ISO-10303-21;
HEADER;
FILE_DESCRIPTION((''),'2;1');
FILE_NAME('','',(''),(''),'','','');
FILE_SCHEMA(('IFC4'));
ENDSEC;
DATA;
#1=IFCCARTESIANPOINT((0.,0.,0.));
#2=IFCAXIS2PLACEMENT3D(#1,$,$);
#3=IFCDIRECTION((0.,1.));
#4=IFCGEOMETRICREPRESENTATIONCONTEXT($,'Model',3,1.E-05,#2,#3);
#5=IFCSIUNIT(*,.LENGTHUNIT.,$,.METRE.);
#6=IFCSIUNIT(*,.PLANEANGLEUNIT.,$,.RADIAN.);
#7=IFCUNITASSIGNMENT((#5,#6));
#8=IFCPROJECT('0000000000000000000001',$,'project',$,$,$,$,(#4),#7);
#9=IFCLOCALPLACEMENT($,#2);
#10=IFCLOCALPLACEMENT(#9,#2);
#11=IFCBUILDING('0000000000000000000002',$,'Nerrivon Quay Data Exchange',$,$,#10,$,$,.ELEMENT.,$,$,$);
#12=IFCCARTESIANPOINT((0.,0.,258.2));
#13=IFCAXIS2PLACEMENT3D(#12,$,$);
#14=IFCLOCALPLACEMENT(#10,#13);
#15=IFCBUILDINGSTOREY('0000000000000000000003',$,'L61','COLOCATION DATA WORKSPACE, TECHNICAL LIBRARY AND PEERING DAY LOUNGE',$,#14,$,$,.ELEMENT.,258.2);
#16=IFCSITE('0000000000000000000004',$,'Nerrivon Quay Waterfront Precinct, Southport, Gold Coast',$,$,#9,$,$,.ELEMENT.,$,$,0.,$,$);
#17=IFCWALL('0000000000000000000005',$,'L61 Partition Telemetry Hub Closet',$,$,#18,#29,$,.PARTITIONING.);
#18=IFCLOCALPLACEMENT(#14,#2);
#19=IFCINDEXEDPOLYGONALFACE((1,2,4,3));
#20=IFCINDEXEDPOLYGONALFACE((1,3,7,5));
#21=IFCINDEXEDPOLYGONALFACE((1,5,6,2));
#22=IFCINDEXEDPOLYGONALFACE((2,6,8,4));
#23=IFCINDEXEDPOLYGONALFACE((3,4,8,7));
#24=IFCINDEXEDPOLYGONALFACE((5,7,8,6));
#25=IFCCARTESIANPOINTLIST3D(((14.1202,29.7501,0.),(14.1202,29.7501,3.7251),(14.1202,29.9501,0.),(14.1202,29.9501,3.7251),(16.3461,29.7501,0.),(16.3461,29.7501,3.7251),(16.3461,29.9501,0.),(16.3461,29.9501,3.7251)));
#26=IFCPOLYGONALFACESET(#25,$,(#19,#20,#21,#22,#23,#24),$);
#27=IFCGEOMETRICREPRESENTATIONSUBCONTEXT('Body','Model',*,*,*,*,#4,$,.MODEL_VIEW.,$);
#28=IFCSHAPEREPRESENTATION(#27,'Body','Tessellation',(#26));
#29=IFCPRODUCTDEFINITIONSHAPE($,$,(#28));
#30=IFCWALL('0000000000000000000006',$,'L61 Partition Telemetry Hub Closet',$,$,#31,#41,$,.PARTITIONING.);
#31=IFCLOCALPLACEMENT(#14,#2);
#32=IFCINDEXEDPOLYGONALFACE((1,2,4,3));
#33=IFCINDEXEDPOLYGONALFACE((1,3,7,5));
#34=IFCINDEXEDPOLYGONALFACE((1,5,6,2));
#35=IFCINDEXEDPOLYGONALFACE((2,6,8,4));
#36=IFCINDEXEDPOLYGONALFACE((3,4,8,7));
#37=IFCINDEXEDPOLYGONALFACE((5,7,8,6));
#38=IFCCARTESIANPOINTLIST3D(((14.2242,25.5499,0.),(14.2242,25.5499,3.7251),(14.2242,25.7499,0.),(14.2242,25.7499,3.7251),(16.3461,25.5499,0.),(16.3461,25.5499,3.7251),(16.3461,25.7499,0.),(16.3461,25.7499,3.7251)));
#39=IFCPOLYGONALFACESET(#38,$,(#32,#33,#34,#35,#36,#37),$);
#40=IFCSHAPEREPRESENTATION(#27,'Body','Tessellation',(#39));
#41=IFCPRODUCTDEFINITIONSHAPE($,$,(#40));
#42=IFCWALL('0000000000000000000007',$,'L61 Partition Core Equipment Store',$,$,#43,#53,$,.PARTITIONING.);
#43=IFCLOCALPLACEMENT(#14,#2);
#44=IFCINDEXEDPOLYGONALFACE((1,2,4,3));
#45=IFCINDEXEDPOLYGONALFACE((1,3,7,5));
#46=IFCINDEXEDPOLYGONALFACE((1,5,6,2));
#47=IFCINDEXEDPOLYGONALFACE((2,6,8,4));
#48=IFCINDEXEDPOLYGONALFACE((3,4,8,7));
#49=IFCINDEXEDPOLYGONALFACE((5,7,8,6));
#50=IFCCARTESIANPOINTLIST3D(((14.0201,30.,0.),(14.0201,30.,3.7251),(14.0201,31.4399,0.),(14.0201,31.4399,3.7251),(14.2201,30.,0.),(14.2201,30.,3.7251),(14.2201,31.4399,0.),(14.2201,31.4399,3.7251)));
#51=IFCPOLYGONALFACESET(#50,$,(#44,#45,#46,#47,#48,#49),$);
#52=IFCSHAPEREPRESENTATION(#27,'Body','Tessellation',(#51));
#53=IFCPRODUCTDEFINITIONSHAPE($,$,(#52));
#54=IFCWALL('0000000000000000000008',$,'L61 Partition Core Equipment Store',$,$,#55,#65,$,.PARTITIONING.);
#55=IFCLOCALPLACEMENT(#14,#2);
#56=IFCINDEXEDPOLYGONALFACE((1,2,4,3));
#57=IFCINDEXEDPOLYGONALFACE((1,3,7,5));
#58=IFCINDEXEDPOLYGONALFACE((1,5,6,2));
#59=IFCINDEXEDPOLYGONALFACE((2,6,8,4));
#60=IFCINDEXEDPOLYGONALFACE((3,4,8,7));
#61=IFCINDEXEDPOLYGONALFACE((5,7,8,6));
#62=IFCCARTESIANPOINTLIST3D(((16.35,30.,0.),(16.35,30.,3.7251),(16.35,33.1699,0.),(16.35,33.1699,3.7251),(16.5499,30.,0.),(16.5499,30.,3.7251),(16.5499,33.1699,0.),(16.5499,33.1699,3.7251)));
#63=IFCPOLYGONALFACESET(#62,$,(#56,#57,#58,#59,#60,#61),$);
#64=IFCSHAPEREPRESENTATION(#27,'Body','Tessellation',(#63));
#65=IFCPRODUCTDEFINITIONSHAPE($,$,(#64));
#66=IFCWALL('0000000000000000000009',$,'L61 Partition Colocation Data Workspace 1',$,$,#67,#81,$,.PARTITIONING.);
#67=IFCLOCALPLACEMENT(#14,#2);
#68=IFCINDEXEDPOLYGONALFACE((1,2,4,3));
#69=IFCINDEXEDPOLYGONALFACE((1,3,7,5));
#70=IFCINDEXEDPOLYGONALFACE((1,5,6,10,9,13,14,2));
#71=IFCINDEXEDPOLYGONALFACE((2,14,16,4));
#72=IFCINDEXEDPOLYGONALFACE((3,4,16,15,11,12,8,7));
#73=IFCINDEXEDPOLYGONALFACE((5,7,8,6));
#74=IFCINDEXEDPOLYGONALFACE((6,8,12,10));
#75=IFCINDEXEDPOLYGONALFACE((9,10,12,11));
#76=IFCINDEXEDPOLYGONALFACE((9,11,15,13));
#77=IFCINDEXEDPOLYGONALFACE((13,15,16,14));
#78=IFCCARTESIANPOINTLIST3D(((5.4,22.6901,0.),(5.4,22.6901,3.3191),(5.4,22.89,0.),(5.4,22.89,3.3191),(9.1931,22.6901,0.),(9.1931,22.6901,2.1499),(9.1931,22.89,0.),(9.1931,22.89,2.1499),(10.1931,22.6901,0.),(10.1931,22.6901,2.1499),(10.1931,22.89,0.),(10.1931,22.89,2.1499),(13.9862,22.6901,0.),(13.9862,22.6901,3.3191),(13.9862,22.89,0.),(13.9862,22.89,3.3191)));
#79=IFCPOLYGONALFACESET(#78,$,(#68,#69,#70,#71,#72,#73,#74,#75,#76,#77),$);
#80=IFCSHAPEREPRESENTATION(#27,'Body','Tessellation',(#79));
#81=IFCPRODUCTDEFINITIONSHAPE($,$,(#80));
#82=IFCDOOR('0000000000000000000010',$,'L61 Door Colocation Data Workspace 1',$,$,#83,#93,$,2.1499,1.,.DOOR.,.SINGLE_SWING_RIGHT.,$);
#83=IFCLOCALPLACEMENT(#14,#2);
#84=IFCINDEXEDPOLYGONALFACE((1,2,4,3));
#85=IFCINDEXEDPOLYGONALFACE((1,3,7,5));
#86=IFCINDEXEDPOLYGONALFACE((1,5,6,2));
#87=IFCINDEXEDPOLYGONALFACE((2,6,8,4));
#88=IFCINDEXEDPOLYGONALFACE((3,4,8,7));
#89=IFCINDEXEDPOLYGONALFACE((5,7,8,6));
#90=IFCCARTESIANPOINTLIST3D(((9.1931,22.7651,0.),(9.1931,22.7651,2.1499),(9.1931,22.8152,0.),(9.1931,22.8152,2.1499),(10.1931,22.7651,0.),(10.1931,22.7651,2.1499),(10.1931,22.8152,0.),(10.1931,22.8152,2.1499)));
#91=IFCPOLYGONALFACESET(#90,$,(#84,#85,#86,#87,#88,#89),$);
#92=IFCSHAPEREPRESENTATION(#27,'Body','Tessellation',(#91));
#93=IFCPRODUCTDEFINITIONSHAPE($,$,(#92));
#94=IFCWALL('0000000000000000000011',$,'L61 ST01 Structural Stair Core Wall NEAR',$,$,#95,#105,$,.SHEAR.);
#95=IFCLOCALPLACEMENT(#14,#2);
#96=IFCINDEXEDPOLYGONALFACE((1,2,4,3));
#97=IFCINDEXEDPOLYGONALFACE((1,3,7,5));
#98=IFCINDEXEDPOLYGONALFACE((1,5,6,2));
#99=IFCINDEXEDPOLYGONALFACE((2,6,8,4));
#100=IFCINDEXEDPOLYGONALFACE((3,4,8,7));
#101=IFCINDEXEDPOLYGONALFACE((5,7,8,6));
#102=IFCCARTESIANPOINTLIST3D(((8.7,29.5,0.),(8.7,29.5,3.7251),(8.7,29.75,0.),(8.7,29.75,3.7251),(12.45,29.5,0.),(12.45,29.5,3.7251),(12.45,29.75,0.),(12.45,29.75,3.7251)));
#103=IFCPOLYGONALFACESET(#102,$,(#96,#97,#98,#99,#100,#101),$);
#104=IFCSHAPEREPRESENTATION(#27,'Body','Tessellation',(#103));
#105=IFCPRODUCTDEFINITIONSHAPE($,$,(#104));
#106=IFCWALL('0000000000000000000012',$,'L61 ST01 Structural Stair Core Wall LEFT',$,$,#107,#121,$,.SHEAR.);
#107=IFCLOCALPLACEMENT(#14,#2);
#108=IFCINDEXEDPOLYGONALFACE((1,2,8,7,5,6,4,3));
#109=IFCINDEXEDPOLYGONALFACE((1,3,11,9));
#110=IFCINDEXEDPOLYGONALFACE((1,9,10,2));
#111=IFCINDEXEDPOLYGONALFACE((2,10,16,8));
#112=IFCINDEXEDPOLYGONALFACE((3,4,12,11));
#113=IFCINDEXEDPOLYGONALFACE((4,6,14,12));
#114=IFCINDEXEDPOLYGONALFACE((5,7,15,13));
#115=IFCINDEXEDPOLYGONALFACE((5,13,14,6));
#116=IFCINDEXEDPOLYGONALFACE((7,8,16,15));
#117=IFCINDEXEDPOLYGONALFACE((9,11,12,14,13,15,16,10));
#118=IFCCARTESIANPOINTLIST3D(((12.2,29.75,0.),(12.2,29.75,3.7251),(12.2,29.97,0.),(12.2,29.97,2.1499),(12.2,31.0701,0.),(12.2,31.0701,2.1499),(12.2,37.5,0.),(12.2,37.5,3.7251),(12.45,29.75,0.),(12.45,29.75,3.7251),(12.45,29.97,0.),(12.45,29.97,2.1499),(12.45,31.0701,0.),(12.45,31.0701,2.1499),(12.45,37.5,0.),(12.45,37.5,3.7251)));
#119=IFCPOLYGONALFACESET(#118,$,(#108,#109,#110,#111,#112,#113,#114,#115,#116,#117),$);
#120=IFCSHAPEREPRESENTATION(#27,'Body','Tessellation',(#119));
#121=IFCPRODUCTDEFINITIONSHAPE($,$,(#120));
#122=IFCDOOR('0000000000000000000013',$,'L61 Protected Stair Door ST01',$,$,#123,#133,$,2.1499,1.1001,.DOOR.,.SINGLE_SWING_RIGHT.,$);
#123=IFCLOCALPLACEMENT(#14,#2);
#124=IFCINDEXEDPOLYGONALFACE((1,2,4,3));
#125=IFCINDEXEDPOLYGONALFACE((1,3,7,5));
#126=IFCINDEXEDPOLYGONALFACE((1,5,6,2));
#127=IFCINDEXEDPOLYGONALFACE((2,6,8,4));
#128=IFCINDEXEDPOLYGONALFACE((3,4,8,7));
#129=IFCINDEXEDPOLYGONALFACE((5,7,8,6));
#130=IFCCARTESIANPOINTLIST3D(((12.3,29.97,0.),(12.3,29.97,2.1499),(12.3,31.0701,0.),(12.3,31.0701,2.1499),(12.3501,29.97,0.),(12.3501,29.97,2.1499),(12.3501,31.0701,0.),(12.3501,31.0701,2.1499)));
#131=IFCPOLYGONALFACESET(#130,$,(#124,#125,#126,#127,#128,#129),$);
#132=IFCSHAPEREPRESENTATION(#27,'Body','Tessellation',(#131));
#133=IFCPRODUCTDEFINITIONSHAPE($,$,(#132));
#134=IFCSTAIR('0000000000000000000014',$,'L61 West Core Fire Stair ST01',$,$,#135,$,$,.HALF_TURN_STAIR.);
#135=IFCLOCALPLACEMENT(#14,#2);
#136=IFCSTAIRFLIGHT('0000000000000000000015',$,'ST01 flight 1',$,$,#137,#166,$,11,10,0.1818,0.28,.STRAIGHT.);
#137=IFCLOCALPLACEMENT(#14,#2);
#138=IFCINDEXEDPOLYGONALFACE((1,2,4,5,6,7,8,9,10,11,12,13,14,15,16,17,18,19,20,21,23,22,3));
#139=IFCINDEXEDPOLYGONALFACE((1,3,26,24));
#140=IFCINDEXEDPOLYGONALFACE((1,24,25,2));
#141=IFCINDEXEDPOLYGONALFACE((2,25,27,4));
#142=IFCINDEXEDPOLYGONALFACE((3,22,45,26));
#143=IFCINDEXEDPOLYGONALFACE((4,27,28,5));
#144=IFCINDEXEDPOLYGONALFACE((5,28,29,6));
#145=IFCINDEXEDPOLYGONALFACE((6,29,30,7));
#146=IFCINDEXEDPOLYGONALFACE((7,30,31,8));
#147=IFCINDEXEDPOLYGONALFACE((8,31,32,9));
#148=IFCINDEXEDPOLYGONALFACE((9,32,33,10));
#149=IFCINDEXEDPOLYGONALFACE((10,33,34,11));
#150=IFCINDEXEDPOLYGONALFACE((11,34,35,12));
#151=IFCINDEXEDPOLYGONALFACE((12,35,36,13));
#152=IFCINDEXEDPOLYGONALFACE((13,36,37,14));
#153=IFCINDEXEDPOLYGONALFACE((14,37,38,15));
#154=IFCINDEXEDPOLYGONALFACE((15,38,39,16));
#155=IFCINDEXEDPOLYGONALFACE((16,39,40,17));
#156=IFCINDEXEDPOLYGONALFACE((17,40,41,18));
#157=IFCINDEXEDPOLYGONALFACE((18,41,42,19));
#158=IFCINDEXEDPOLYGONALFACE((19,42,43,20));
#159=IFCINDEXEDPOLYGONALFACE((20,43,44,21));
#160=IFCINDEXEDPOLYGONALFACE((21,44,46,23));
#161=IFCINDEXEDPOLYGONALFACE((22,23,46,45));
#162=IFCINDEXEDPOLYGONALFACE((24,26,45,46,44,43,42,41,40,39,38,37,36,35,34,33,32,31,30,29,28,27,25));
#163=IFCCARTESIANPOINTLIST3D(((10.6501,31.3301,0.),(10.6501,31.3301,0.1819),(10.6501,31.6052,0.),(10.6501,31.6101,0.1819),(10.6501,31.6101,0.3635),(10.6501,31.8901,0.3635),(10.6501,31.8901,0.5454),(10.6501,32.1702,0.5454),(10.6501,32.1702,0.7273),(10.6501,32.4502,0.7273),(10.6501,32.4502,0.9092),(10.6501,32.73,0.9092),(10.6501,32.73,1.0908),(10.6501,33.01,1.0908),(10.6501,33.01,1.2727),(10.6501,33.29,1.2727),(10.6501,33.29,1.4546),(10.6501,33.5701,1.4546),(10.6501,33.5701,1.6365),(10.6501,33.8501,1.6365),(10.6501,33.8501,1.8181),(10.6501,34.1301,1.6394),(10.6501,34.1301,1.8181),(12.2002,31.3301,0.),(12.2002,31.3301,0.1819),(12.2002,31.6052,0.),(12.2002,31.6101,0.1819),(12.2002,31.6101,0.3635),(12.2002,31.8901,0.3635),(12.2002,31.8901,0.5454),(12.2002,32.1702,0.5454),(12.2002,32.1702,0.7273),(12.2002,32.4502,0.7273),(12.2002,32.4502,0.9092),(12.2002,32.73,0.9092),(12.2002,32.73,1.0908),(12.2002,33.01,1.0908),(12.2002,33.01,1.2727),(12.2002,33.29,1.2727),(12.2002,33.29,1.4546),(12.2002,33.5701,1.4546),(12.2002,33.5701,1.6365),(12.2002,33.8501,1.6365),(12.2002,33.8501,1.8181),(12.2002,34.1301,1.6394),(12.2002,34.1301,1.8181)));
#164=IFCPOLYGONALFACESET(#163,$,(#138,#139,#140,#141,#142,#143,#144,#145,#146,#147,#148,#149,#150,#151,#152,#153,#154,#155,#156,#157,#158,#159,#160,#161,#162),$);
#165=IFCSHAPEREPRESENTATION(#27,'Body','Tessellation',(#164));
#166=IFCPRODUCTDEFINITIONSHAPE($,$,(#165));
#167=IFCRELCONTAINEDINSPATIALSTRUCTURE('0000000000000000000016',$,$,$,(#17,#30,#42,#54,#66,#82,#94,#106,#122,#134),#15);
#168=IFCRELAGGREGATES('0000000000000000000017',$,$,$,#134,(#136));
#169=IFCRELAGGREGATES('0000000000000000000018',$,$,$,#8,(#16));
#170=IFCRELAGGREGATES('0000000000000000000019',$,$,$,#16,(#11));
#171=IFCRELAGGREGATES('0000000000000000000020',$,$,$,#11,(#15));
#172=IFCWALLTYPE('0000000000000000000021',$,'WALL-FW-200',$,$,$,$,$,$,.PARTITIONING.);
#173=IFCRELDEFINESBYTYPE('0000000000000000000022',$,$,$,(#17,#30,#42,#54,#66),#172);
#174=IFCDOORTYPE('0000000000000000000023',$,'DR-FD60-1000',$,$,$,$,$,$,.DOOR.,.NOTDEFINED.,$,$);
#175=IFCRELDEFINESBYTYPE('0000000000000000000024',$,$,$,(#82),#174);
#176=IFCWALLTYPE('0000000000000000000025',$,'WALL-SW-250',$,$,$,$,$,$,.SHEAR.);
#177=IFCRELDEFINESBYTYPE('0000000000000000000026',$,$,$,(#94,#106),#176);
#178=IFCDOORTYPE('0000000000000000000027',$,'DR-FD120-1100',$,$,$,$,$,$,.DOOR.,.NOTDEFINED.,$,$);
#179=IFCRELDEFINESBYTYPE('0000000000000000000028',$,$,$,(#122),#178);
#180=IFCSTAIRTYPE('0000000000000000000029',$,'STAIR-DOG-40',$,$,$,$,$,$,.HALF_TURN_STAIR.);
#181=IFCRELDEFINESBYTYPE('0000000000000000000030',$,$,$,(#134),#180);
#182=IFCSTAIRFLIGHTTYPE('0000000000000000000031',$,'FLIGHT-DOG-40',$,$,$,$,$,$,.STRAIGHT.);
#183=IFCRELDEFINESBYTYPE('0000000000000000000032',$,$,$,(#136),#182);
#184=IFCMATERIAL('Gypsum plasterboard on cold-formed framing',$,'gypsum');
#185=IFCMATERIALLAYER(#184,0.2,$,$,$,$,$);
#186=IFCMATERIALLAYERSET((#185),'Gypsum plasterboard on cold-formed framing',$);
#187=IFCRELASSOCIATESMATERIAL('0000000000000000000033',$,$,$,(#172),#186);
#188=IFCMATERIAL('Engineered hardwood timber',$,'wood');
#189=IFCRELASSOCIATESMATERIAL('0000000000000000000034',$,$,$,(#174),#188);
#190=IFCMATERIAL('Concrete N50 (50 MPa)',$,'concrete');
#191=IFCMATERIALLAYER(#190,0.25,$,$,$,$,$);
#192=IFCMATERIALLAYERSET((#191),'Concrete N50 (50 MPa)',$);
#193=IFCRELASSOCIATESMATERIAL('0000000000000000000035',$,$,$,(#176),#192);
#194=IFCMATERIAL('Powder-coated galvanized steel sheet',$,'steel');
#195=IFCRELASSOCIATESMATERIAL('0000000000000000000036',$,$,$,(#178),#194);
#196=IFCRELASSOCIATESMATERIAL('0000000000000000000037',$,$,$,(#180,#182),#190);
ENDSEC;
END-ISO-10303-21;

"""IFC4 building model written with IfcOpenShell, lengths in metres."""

from ifc_helpers import new_model, si_unit, direction, frame, frame_2d, origin, place, context, subcontext, project, spatial, polyline, rectangle, outline, extrude, material, layer, layer_set, type_object, element, fill, aggregate, save


model = new_model("IFC4")

# Units and contexts
model_context = context("Model", 3, precision=1e-05, world=origin(), true_north=direction((0.0, 1.0)))
body_context = subcontext(model_context, "Body", "Model", "MODEL_VIEW")
ifc_project = project(units=[si_unit("LENGTHUNIT", "METRE"), si_unit("PLANEANGLEUNIT", "RADIAN")], contexts=[model_context])

# Site, building, storey
site_placement = place(None, origin())
site = spatial("IfcSite", under=ifc_project, at=site_placement, Name="Nerrivon Quay Waterfront Precinct, Southport, Gold Coast", CompositionType="ELEMENT", RefElevation=0.0)
building_placement = place(site_placement, origin())
building = spatial("IfcBuilding", under=site, at=building_placement, Name="Nerrivon Quay Data Exchange", CompositionType="ELEMENT")
storey_placement = place(building_placement, frame((0.0, 0.0, 258.2)))
storey = spatial("IfcBuildingStorey", under=building, at=storey_placement, Name="L61", Description="COLOCATION DATA WORKSPACE, TECHNICAL LIBRARY AND PEERING DAY LOUNGE", CompositionType="ELEMENT", Elevation=258.2)

# Shared definitions
ifc_material_1 = material(Name="Concrete N50 (50 MPa)", Category="concrete")

# Shared definitions
ifc_material_2 = material(Name="Gypsum plasterboard on cold-formed framing", Category="gypsum")
ifc_layer_1 = layer(ifc_material_2, 0.2)
ifc_layer_set_1 = layer_set([ifc_layer_1], Name="Gypsum plasterboard on cold-formed framing")
wall_type_1 = type_object("IfcWallType", Name="WALL-FW-200", PredefinedType="PARTITIONING", material=ifc_layer_set_1)
ifc_material_3 = material(Name="Powder-coated galvanized steel sheet", Category="steel")

# Wall
wall_1_placement = place(storey_placement, frame((16.3459, 29.8501, 0.0), z_axis=(0.0, 0.0, 1.0), x_axis=(-1.0, 0.0, 0.0)))
element("IfcWall", 1, at=wall_1_placement, inside=storey, type_object=wall_type_1, Name="L61 Partition Telemetry Hub Closet", PredefinedType="PARTITIONING", context=body_context, shape_type="SweptSolid", body=[
    extrude(rectangle(XDim=2.2258, YDim=0.2, at=frame_2d((1.1128, 0.0))), origin(), (0.0, 0.0, 1.0), 3.7251),
])

# Shared definitions
ifc_material_4 = material(Name="Engineered hardwood timber", Category="wood")

# Walls
wall_2_placement = place(storey_placement, frame((14.2241, 25.6499, 0.0), z_axis=(0.0, 0.0, 1.0), x_axis=(1.0, 0.0, 0.0)))
element("IfcWall", 2, at=wall_2_placement, inside=storey, type_object=wall_type_1, Name="L61 Partition Telemetry Hub Closet", PredefinedType="PARTITIONING", context=body_context, shape_type="SweptSolid", body=[
    extrude(rectangle(XDim=2.1218, YDim=0.2, at=frame_2d((1.061, 0.0))), origin(), (0.0, 0.0, 1.0), 3.7251),
])
wall_3_placement = place(storey_placement, frame((14.1201, 31.4399, 0.0), z_axis=(0.0, 0.0, 1.0), x_axis=(0.0, -1.0, 0.0)))
element("IfcWall", 3, at=wall_3_placement, inside=storey, type_object=wall_type_1, Name="L61 Partition Core Equipment Store", PredefinedType="PARTITIONING", context=body_context, shape_type="SweptSolid", body=[
    extrude(rectangle(XDim=1.4399, YDim=0.2, at=frame_2d((0.72, 0.0))), origin(), (0.0, 0.0, 1.0), 3.7251),
])
wall_4_placement = place(storey_placement, frame((16.45, 30.0, 0.0), z_axis=(0.0, 0.0, 1.0), x_axis=(0.0, 1.0, 0.0)))
element("IfcWall", 4, at=wall_4_placement, inside=storey, type_object=wall_type_1, Name="L61 Partition Core Equipment Store", PredefinedType="PARTITIONING", context=body_context, shape_type="SweptSolid", body=[
    extrude(rectangle(XDim=3.1699, YDim=0.2, at=frame_2d((1.585, 0.0))), origin(), (0.0, 0.0, 1.0), 3.7251),
])

# Wall, opening, door
wall_5_placement = place(storey_placement, frame((13.9861, 22.79, 0.0), z_axis=(0.0, 0.0, 1.0), x_axis=(-1.0, 0.0, 0.0)))
wall_5 = element("IfcWall", 5, at=wall_5_placement, inside=storey, type_object=wall_type_1, Name="L61 Partition Colocation Data Workspace 1", PredefinedType="PARTITIONING", context=body_context, shape_type="SweptSolid", body=[
    extrude(rectangle(XDim=8.5862, YDim=0.2, at=frame_2d((4.293, 0.0))), origin(), (0.0, 0.0, 1.0), 3.3191),
])
opening_1_placement = place(wall_5_placement, frame((3.793, 0.0, 0.0)))
opening_1 = element("IfcOpeningElement", 6, at=opening_1_placement, cuts=wall_5, PredefinedType="OPENING", context=body_context, shape_type="SweptSolid", body=[
    extrude(rectangle(XDim=1.0, YDim=2.1499, at=frame_2d((0.5, 1.075))), frame((0.0, 0.1099, 0.0), z_axis=(0.0, -1.0, 0.0), x_axis=(1.0, 0.0, 0.0)), (0.0, 0.0, 1.0), 0.22),
])
door_type_1 = type_object("IfcDoorType", Name="DR-FD60-1000", OperationType="NOTDEFINED", PredefinedType="DOOR", material=ifc_material_4)
door_1_placement = place(opening_1_placement, origin())
door_1 = element("IfcDoor", 7, at=door_1_placement, inside=storey, type_object=door_type_1, Name="L61 Door Colocation Data Workspace 1", OperationType="SINGLE_SWING_RIGHT", OverallHeight=2.1499, OverallWidth=1.0, PredefinedType="DOOR", context=body_context, shape_type="SweptSolid", body=[
    extrude(rectangle(XDim=1.0, YDim=2.1499, at=frame_2d((0.5, 1.075))), frame((0.0, 0.0249, 0.0), z_axis=(0.0, -1.0, 0.0), x_axis=(1.0, 0.0, 0.0)), (0.0, 0.0, 1.0), 0.05),
])
fill(opening_1, door_1)

# Wall
ifc_layer_2 = layer(ifc_material_1, 0.25)
ifc_layer_set_2 = layer_set([ifc_layer_2], Name="Concrete N50 (50 MPa)")
wall_type_2 = type_object("IfcWallType", Name="WALL-SW-250", PredefinedType="SHEAR", material=ifc_layer_set_2)
wall_6_placement = place(storey_placement, frame((12.45, 29.625, 0.0), z_axis=(0.0, 0.0, 1.0), x_axis=(-1.0, 0.0, 0.0)))
element("IfcWall", 8, at=wall_6_placement, inside=storey, type_object=wall_type_2, Name="L61 ST01 Structural Stair Core Wall NEAR", PredefinedType="SHEAR", context=body_context, shape_type="SweptSolid", body=[
    extrude(rectangle(XDim=3.75, YDim=0.25, at=frame_2d((1.875, 0.0))), origin(), (0.0, 0.0, 1.0), 3.7251),
])

# Wall, opening, door
wall_7_placement = place(storey_placement, frame((12.325, 29.75, 0.0), z_axis=(0.0, 0.0, 1.0), x_axis=(0.0, 1.0, 0.0)))
wall_7 = element("IfcWall", 9, at=wall_7_placement, inside=storey, type_object=wall_type_2, Name="L61 ST01 Structural Stair Core Wall LEFT", PredefinedType="SHEAR", context=body_context, shape_type="SweptSolid", body=[
    extrude(rectangle(XDim=7.75, YDim=0.25, at=frame_2d((3.875, 0.0))), origin(), (0.0, 0.0, 1.0), 3.7251),
])
opening_2_placement = place(wall_7_placement, frame((0.22, 0.0, 0.0)))
opening_2 = element("IfcOpeningElement", 10, at=opening_2_placement, cuts=wall_7, PredefinedType="OPENING", context=body_context, shape_type="SweptSolid", body=[
    extrude(rectangle(XDim=1.1001, YDim=2.1499, at=frame_2d((0.55, 1.075))), frame((0.0, 0.135, 0.0), z_axis=(0.0, -1.0, 0.0), x_axis=(1.0, 0.0, 0.0)), (0.0, 0.0, 1.0), 0.27),
])
door_type_2 = type_object("IfcDoorType", Name="DR-FD120-1100", OperationType="NOTDEFINED", PredefinedType="DOOR", material=ifc_material_3)
door_2_placement = place(opening_2_placement, origin())
door_2 = element("IfcDoor", 11, at=door_2_placement, inside=storey, type_object=door_type_2, Name="L61 Protected Stair Door ST01", OperationType="SINGLE_SWING_RIGHT", OverallHeight=2.1499, OverallWidth=1.1001, PredefinedType="DOOR", context=body_context, shape_type="SweptSolid", body=[
    extrude(rectangle(XDim=1.1001, YDim=2.1499, at=frame_2d((0.55, 1.075))), frame((0.0, 0.0249, 0.0), z_axis=(0.0, -1.0, 0.0), x_axis=(1.0, 0.0, 0.0)), (0.0, 0.0, 1.0), 0.05),
])
fill(opening_2, door_2)

# Stair, stair flight
stair_type = type_object("IfcStairType", Name="STAIR-DOG-40", PredefinedType="HALF_TURN_STAIR", material=ifc_material_1)
stair_placement = place(storey_placement, origin())
stair = element("IfcStair", 12, at=stair_placement, inside=storey, type_object=stair_type, Name="L61 West Core Fire Stair ST01", PredefinedType="HALF_TURN_STAIR")
stair_flight_type = type_object("IfcStairFlightType", Name="FLIGHT-DOG-40", PredefinedType="STRAIGHT", material=ifc_material_1)
stair_flight_placement = place(storey_placement, frame((11.425, 31.3301, 0.0), z_axis=(0.0, 0.0, 1.0), x_axis=(0.0, 1.0, 0.0)))
stair_flight = element("IfcStairFlight", 13, at=stair_flight_placement, type_object=stair_flight_type, Name="ST01 flight 1", NumberOfRisers=11, NumberOfTreads=10, PredefinedType="STRAIGHT", RiserHeight=0.1818, TreadLength=0.28, context=body_context, shape_type="SweptSolid", body=[
    extrude(outline(polyline([(0.0, 0.0), (0.0, 0.1819), (0.28, 0.1819), (0.28, 0.3635), (0.5601, 0.3635), (0.5601, 0.5454), (0.8401, 0.5454), (0.8401, 0.7273), (1.1201, 0.7273), (1.1201, 0.9092), (1.3999, 0.9092), (1.3999, 1.0908), (1.6799, 1.0908), (1.6799, 1.2727), (1.96, 1.2727), (1.96, 1.4546), (2.24, 1.4546), (2.24, 1.6365), (2.52, 1.6365), (2.52, 1.8181), (2.8, 1.8181), (2.8, 2.0), (2.8, 1.6394), (0.2751, 0.0), (0.0, 0.0)])), frame((0.0, 0.7749, 0.0), z_axis=(0.0, -1.0, 0.0), x_axis=(1.0, 0.0, 0.0)), (0.0, 0.0, 1.0), 1.55),
])
aggregate(stair, [stair_flight])

save(model, "model.ifc")
